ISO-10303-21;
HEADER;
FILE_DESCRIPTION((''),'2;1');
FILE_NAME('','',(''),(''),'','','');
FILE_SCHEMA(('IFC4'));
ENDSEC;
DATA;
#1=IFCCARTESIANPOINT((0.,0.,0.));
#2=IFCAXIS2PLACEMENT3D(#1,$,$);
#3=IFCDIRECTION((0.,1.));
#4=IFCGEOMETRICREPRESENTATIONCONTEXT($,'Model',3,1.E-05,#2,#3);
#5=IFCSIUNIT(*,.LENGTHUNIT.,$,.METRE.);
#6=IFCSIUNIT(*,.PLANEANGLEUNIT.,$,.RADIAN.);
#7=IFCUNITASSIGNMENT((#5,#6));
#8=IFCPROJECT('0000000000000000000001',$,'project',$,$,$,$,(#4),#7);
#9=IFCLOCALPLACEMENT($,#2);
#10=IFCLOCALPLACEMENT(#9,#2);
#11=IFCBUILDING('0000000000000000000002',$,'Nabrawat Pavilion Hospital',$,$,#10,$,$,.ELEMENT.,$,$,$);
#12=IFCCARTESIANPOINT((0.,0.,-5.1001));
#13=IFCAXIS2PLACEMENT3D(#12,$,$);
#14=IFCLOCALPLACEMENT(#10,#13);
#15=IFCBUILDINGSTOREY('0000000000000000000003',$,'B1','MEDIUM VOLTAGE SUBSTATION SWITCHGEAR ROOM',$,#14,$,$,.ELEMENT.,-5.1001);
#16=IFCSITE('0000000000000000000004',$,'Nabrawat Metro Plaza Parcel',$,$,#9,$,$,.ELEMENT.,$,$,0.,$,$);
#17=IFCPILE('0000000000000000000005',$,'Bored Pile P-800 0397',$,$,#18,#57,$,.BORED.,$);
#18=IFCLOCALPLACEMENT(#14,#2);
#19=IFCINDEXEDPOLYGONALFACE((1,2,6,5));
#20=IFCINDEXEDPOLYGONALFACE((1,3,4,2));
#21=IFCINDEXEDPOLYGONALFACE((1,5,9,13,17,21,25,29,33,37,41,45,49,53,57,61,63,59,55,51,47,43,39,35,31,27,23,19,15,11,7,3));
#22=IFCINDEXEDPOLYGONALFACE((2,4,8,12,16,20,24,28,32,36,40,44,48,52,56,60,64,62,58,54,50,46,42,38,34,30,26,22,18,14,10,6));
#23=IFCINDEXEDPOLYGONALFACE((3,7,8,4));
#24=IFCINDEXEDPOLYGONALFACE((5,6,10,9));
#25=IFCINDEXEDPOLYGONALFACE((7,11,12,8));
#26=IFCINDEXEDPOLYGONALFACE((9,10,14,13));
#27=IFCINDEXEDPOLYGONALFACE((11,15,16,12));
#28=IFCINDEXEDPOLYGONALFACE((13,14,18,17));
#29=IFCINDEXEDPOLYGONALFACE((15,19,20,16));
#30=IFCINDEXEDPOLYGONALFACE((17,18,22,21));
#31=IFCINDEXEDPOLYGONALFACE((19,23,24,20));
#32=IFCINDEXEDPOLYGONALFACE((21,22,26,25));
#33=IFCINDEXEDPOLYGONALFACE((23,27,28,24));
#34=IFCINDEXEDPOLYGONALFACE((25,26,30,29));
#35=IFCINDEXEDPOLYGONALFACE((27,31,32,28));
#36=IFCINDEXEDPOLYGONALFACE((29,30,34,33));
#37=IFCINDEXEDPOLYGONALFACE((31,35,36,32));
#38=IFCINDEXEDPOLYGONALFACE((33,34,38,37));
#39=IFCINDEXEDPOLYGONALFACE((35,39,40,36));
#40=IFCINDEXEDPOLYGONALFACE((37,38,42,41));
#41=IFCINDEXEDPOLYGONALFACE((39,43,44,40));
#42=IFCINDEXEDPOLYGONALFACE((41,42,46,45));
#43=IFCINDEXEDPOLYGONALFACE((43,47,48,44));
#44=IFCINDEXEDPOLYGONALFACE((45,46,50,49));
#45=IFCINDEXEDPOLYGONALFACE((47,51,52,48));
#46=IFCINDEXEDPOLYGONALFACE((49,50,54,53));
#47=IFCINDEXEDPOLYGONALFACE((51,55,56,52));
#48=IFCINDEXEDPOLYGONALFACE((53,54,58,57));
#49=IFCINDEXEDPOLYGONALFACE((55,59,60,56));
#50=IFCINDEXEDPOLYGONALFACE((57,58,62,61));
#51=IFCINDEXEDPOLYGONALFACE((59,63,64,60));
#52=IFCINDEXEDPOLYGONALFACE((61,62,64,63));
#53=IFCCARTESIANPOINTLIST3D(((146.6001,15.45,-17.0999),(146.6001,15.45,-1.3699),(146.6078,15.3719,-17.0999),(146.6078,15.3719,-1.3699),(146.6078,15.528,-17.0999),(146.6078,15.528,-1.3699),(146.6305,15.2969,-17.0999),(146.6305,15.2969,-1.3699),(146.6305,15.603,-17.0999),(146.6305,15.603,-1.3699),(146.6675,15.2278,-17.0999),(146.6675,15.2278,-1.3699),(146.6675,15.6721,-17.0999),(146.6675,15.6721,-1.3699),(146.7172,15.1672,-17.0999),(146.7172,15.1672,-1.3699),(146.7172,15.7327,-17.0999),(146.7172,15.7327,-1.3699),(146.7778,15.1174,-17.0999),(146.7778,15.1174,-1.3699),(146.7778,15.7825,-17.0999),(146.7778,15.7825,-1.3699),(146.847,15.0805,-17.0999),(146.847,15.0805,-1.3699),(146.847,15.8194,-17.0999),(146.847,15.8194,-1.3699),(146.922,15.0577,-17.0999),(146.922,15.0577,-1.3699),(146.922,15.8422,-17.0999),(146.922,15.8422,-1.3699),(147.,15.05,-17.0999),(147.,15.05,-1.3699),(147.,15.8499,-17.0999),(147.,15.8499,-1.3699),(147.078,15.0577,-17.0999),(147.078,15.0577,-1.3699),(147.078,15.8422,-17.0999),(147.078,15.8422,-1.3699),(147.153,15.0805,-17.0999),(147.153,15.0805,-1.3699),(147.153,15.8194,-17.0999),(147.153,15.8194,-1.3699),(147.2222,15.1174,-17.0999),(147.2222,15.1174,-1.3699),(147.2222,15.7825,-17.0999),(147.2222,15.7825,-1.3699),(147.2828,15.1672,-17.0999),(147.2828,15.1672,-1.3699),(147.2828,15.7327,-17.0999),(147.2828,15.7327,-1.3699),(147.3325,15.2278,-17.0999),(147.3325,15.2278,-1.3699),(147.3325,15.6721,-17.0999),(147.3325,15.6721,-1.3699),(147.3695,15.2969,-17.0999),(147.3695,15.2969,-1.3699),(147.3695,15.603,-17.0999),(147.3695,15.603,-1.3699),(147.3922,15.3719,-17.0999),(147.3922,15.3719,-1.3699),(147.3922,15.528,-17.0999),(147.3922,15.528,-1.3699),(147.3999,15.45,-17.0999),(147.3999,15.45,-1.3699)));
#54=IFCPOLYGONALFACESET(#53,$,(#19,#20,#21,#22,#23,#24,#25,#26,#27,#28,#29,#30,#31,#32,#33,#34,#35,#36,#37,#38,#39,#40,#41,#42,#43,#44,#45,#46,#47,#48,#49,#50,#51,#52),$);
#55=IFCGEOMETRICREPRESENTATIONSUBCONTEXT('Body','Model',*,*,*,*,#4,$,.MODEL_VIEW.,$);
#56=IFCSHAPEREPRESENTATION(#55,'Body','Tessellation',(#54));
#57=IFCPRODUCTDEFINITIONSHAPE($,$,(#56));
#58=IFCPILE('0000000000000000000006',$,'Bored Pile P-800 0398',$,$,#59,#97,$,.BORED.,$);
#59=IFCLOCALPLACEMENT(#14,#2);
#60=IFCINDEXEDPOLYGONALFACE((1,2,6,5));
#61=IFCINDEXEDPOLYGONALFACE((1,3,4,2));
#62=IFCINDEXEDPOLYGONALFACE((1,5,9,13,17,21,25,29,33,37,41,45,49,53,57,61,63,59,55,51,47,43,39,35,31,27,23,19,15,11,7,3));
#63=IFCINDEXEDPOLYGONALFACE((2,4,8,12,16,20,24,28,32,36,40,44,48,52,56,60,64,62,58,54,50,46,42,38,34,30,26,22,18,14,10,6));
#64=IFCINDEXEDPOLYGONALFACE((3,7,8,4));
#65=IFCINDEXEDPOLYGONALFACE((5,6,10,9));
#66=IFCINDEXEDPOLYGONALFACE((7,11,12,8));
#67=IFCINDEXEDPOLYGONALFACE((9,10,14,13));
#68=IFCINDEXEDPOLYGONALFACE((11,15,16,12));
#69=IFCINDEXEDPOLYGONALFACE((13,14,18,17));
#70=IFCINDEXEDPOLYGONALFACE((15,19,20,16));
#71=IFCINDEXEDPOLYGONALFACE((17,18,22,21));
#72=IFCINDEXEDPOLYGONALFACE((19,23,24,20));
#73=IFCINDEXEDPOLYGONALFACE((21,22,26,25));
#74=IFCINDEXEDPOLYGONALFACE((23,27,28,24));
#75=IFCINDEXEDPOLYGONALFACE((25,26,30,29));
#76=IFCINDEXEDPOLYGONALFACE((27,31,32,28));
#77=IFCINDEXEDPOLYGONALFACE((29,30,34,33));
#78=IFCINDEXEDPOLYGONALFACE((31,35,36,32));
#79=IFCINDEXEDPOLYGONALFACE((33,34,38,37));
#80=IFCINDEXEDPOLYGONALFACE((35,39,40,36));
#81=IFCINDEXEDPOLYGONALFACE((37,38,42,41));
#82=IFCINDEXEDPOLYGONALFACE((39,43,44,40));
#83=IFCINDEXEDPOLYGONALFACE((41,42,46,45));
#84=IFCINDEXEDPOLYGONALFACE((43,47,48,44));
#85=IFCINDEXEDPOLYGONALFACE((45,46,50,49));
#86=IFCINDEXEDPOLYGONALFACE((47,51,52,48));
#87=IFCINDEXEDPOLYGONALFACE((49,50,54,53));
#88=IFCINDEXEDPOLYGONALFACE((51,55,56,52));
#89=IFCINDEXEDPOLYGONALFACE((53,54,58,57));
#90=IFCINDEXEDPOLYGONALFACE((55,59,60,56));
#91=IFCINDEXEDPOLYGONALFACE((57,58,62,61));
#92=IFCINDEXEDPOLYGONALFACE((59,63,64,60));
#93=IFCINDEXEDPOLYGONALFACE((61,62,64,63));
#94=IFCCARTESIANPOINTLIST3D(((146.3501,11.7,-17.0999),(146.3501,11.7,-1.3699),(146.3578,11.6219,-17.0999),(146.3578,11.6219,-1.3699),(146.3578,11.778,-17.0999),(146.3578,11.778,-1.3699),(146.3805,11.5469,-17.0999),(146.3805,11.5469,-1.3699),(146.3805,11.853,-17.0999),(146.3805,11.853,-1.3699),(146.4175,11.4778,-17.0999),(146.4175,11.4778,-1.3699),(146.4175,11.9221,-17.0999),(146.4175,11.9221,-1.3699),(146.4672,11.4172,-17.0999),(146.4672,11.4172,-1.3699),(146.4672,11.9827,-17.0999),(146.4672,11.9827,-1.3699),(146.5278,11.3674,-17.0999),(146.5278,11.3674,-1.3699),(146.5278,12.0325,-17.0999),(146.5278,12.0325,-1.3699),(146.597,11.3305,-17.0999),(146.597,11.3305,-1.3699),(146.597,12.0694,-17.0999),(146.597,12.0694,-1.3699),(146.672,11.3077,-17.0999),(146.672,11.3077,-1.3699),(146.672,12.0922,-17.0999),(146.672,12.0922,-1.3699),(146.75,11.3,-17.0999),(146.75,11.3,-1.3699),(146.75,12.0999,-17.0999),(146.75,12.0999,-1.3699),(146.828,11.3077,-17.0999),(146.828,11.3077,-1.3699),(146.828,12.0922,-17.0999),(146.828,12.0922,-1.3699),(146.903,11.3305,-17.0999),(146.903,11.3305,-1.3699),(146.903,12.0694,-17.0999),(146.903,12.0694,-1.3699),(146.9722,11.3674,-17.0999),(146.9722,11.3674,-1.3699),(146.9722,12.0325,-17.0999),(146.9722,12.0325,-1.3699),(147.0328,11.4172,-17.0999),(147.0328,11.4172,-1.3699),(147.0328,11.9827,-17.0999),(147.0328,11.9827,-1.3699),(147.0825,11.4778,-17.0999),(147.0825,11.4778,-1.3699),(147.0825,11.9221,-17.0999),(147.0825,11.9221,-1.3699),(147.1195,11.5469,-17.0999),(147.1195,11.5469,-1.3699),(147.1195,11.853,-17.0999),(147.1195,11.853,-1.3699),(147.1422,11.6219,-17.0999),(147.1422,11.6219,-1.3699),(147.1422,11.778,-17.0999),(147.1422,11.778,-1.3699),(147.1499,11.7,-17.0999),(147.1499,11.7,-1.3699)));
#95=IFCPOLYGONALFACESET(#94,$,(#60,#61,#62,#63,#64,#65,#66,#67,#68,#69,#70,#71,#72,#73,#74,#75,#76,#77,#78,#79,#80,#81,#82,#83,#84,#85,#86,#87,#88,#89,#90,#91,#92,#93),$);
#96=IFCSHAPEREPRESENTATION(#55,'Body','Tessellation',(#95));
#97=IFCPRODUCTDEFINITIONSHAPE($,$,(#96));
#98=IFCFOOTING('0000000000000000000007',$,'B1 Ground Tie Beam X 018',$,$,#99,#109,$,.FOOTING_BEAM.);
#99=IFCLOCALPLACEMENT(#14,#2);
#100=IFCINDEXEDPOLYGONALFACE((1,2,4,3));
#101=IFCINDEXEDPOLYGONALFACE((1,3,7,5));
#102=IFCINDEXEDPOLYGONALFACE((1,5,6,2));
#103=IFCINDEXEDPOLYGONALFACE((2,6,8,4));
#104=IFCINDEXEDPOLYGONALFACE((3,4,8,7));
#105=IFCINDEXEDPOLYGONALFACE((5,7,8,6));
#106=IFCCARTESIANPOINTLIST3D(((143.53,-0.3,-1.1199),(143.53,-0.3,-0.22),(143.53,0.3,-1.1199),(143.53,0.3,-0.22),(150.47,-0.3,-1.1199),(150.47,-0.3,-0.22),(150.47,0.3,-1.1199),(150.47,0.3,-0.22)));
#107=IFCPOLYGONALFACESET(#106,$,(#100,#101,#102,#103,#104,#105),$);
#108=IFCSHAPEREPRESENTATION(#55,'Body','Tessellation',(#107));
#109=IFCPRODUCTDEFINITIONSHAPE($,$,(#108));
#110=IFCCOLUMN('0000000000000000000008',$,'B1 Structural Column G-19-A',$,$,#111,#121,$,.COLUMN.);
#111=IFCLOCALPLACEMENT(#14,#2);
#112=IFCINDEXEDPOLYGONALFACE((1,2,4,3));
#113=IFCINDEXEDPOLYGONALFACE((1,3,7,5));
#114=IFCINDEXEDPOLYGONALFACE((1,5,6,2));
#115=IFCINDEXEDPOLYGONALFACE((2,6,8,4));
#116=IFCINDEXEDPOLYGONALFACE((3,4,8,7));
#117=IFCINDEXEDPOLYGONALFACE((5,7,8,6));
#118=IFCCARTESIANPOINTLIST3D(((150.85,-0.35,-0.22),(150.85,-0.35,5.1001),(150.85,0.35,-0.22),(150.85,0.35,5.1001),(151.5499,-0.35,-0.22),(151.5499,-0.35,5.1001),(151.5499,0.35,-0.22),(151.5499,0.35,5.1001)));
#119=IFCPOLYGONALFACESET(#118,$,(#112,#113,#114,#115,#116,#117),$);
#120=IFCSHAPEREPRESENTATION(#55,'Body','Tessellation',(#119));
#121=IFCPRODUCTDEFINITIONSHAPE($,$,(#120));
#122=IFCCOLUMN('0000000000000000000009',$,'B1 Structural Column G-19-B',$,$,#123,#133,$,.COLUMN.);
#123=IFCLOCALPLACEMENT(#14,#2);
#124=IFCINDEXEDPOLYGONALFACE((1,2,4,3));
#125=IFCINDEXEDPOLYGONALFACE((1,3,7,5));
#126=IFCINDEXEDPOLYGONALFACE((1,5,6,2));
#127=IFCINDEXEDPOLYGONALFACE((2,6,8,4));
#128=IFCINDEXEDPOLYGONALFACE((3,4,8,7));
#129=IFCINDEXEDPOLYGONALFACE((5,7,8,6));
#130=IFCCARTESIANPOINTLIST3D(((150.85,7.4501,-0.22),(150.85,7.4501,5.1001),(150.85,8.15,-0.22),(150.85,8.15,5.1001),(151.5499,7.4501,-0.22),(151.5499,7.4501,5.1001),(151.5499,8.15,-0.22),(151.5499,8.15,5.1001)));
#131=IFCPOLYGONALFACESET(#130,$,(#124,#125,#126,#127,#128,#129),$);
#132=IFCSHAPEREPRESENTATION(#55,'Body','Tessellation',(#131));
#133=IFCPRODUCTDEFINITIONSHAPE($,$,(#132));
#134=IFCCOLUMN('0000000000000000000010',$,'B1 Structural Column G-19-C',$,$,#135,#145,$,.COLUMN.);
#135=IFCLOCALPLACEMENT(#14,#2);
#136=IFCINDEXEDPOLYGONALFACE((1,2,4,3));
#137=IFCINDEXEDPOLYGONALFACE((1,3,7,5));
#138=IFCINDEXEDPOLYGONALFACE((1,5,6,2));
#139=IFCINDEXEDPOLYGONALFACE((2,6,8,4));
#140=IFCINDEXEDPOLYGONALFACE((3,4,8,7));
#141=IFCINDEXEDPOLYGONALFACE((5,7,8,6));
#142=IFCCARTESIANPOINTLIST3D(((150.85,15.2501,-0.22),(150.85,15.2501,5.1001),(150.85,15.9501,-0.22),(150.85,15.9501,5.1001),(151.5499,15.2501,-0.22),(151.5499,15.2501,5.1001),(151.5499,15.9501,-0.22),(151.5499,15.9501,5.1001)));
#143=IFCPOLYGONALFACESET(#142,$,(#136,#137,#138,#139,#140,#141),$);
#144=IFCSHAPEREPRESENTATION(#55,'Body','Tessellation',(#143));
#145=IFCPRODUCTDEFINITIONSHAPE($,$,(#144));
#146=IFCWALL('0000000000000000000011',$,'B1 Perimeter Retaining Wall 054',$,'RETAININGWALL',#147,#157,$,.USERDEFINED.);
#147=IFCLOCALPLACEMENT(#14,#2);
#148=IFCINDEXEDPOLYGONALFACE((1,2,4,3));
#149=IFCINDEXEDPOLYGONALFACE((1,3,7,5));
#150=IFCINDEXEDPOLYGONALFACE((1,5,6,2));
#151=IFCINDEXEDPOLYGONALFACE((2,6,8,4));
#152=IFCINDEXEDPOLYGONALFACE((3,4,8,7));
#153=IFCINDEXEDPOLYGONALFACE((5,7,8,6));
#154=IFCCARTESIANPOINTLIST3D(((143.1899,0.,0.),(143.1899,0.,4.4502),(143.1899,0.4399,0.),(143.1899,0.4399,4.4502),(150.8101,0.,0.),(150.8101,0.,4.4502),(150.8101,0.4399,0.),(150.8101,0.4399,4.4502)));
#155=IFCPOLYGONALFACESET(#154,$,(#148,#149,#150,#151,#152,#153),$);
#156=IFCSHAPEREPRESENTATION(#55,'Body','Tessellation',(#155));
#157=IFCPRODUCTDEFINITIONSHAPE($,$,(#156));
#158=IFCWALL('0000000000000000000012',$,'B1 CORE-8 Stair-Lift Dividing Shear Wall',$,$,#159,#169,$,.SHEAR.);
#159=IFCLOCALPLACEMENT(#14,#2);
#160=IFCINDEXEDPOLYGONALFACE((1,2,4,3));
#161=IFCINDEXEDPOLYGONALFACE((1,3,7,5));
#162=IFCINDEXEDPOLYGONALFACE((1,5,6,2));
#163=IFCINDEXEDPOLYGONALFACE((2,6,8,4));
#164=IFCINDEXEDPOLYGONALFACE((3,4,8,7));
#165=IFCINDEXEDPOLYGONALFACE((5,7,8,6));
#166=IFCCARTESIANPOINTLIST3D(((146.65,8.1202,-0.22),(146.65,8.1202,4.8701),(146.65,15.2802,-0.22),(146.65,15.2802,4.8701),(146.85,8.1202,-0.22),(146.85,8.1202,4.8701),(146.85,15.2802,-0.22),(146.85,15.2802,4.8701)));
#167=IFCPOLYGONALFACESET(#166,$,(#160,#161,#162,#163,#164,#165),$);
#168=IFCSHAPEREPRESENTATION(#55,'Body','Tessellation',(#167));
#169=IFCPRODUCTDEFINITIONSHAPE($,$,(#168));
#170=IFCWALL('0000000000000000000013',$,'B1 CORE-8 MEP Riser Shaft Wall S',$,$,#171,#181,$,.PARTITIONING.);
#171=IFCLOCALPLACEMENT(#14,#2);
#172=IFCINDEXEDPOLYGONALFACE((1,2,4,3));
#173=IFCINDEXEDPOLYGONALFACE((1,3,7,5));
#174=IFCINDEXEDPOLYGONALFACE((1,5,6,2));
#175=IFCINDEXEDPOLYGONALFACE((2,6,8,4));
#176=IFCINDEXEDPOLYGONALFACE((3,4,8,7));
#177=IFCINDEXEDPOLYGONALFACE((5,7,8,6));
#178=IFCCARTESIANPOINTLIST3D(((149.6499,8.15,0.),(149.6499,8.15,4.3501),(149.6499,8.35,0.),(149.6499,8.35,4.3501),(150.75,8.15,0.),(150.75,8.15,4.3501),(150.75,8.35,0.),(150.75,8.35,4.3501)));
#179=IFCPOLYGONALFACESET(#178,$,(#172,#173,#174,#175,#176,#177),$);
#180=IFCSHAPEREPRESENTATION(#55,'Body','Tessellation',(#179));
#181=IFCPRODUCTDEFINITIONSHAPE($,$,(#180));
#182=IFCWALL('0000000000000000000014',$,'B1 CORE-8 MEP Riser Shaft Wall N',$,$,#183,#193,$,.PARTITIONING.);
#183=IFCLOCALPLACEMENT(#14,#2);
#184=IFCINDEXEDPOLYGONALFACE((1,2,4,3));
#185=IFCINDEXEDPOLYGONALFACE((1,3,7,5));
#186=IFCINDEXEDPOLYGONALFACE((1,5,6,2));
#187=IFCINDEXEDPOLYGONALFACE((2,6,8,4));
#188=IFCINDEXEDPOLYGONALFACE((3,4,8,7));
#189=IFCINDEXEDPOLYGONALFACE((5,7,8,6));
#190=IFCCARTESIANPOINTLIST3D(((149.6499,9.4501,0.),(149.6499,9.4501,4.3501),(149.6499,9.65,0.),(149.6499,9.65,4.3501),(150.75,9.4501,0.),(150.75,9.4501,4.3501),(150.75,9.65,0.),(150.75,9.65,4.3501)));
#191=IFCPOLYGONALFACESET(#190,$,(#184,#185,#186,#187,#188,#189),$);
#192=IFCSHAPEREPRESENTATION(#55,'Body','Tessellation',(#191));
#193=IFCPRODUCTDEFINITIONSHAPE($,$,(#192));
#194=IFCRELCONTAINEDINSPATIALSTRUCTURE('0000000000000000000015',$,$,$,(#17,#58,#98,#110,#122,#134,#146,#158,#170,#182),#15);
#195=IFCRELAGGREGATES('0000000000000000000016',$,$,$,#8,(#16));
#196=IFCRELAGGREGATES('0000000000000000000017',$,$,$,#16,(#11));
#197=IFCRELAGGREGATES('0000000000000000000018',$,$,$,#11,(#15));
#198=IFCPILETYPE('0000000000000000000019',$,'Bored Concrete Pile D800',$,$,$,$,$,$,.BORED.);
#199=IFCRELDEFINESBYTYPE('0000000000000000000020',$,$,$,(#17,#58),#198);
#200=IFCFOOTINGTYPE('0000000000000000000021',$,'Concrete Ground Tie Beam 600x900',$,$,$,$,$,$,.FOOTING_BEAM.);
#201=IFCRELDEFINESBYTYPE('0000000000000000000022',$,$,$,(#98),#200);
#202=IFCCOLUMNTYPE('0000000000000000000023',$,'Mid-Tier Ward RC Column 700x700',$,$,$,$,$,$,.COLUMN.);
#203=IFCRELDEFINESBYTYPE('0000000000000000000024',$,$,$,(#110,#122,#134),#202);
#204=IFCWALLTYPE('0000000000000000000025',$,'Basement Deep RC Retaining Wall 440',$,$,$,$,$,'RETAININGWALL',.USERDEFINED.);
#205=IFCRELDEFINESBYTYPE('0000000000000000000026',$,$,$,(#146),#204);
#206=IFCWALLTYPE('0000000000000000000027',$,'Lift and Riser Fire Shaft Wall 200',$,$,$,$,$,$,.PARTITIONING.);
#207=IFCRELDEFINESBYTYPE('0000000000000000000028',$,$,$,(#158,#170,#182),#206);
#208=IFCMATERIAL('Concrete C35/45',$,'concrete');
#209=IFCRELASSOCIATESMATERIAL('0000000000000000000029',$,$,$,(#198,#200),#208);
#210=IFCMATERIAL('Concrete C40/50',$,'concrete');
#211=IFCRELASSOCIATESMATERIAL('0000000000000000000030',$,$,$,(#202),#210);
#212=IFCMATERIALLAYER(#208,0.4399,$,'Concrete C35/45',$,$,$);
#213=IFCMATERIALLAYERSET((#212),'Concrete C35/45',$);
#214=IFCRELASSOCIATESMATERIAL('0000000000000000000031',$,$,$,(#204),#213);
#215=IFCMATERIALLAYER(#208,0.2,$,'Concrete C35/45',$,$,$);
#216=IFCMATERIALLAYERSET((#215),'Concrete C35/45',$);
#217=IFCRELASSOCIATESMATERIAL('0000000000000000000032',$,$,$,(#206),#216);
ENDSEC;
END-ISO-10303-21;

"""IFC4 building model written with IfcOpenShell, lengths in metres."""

from ifc_helpers import new_model, si_unit, direction, frame, frame_2d, origin, origin_2d, place, context, subcontext, project, spatial, rectangle, circle, extrude, material, layer, layer_set, material_profile, profile_set, type_object, element, save


model = new_model("IFC4")

# Units and contexts
model_context = context("Model", 3, precision=1e-05, world=origin(), true_north=direction((0.0, 1.0)))
body_context = subcontext(model_context, "Body", "Model", "MODEL_VIEW")
ifc_project = project(units=[si_unit("LENGTHUNIT", "METRE"), si_unit("PLANEANGLEUNIT", "RADIAN")], contexts=[model_context])

# Site, building, storey
site_placement = place(None, origin())
site = spatial("IfcSite", under=ifc_project, at=site_placement, Name="Nabrawat Metro Plaza Parcel", CompositionType="ELEMENT", RefElevation=0.0)
building_placement = place(site_placement, origin())
building = spatial("IfcBuilding", under=site, at=building_placement, Name="Nabrawat Pavilion Hospital", CompositionType="ELEMENT")
storey_placement = place(building_placement, frame((0.0, 0.0, -5.1001)))
storey = spatial("IfcBuildingStorey", under=building, at=storey_placement, Name="B1", Description="MEDIUM VOLTAGE SUBSTATION SWITCHGEAR ROOM", CompositionType="ELEMENT", Elevation=-5.1001)

# Piles
ifc_material_1 = material(Name="Concrete C35/45", Category="concrete")
ifc_material_profile_1 = material_profile(ifc_material_1, circle(Radius=0.3999, at=origin_2d()), Name="DIA 800")
ifc_profile_set_1 = profile_set([ifc_material_profile_1], Name="Concrete C35/45")
pile_type = type_object("IfcPileType", Name="Bored Concrete Pile D800", PredefinedType="BORED", material=ifc_profile_set_1)
for number, where, z_axis, x_axis, name in (
    (1, (147.0, 15.45, -1.3699), (0.0, 0.0, -1.0), (1.0, 0.0, 0.0), "Bored Pile P-800 0397"),
    (2, (146.75, 11.7, -1.3699), (0.0, 0.0, -1.0), (1.0, 0.0, 0.0), "Bored Pile P-800 0398"),
):
    element("IfcPile", number, at=place(storey_placement, frame(where, z_axis=z_axis, x_axis=x_axis)), inside=storey, type_object=pile_type, Name=name, PredefinedType="BORED", context=body_context, shape_type="SweptSolid", body=[
        extrude(circle(Radius=0.3999, at=origin_2d()), origin(), (0.0, 0.0, 1.0), 15.73),
    ])

# Footing
ifc_material_profile_2 = material_profile(ifc_material_1, rectangle(XDim=0.6001, YDim=0.8999, at=origin_2d()), Name="RC 600x900")
ifc_profile_set_2 = profile_set([ifc_material_profile_2], Name="Concrete C35/45")
footing_type = type_object("IfcFootingType", Name="Concrete Ground Tie Beam 600x900", PredefinedType="FOOTING_BEAM", material=ifc_profile_set_2)
footing_placement = place(storey_placement, frame((143.53, 0.0, -0.6699), z_axis=(1.0, 0.0, 0.0), x_axis=(0.0, 1.0, 0.0)))
element("IfcFooting", 3, at=footing_placement, inside=storey, type_object=footing_type, Name="B1 Ground Tie Beam X 018", PredefinedType="FOOTING_BEAM", context=body_context, shape_type="SweptSolid", body=[
    extrude(rectangle(XDim=0.6001, YDim=0.8999, at=origin_2d()), origin(), (0.0, 0.0, 1.0), 6.9399),
])

# Columns
ifc_material_2 = material(Name="Concrete C40/50", Category="concrete")
ifc_material_profile_3 = material_profile(ifc_material_2, rectangle(XDim=0.7, YDim=0.7, at=origin_2d()), Name="RC 700x700")
ifc_profile_set_3 = profile_set([ifc_material_profile_3], Name="Concrete C40/50")
column_type = type_object("IfcColumnType", Name="Mid-Tier Ward RC Column 700x700", PredefinedType="COLUMN", material=ifc_profile_set_3)
for number, where, z_axis, x_axis, name in (
    (4, (151.2, 0.0, -0.22), (0.0, 0.0, 1.0), (1.0, 0.0, 0.0), "B1 Structural Column G-19-A"),
    (5, (151.2, 7.8, -0.22), (0.0, 0.0, 1.0), (1.0, 0.0, 0.0), "B1 Structural Column G-19-B"),
    (6, (151.2, 15.6001, -0.22), (0.0, 0.0, 1.0), (1.0, 0.0, 0.0), "B1 Structural Column G-19-C"),
):
    element("IfcColumn", number, at=place(storey_placement, frame(where, z_axis=z_axis, x_axis=x_axis)), inside=storey, type_object=column_type, Name=name, PredefinedType="COLUMN", context=body_context, shape_type="SweptSolid", body=[
        extrude(rectangle(XDim=0.7, YDim=0.7, at=origin_2d()), origin(), (0.0, 0.0, 1.0), 5.3201),
    ])

# Walls
ifc_layer_1 = layer(ifc_material_1, 0.4399, Name="Concrete C35/45")
ifc_layer_set_1 = layer_set([ifc_layer_1], Name="Concrete C35/45")
wall_type_1 = type_object("IfcWallType", Name="Basement Deep RC Retaining Wall 440", ElementType="RETAININGWALL", PredefinedType="USERDEFINED", material=ifc_layer_set_1)
wall_1_placement = place(storey_placement, frame((143.1899, 0.22, 0.0), z_axis=(0.0, 0.0, 1.0), x_axis=(1.0, 0.0, 0.0)))
element("IfcWall", 7, at=wall_1_placement, inside=storey, type_object=wall_type_1, Name="B1 Perimeter Retaining Wall 054", ObjectType="RETAININGWALL", PredefinedType="USERDEFINED", context=body_context, shape_type="SweptSolid", body=[
    extrude(rectangle(XDim=7.6201, YDim=0.4399, at=frame_2d((3.8101, 0.0))), origin(), (0.0, 0.0, 1.0), 4.4502),
])
ifc_layer_2 = layer(ifc_material_1, 0.2, Name="Concrete C35/45")
ifc_layer_set_2 = layer_set([ifc_layer_2], Name="Concrete C35/45")
wall_type_2 = type_object("IfcWallType", Name="Lift and Riser Fire Shaft Wall 200", PredefinedType="PARTITIONING", material=ifc_layer_set_2)
wall_2_placement = place(storey_placement, frame((146.75, 8.1201, -0.22), z_axis=(0.0, 0.0, 1.0), x_axis=(0.0, 1.0, 0.0)))
element("IfcWall", 8, at=wall_2_placement, inside=storey, type_object=wall_type_2, Name="B1 CORE-8 Stair-Lift Dividing Shear Wall", PredefinedType="SHEAR", context=body_context, shape_type="SweptSolid", body=[
    extrude(rectangle(XDim=7.1599, YDim=0.2, at=frame_2d((3.5801, 0.0))), origin(), (0.0, 0.0, 1.0), 5.0901),
])
for number, where, z_axis, x_axis, name in (
    (9, (149.6499, 8.25, 0.0), (0.0, 0.0, 1.0), (1.0, 0.0, 0.0), "B1 CORE-8 MEP Riser Shaft Wall S"),
    (10, (149.6499, 9.55, 0.0), (0.0, 0.0, 1.0), (1.0, 0.0, 0.0), "B1 CORE-8 MEP Riser Shaft Wall N"),
):
    element("IfcWall", number, at=place(storey_placement, frame(where, z_axis=z_axis, x_axis=x_axis)), inside=storey, type_object=wall_type_2, Name=name, PredefinedType="PARTITIONING", context=body_context, shape_type="SweptSolid", body=[
        extrude(rectangle(XDim=1.1001, YDim=0.2, at=frame_2d((0.55, 0.0))), origin(), (0.0, 0.0, 1.0), 4.3501),
    ])

save(model, "model.ifc")
